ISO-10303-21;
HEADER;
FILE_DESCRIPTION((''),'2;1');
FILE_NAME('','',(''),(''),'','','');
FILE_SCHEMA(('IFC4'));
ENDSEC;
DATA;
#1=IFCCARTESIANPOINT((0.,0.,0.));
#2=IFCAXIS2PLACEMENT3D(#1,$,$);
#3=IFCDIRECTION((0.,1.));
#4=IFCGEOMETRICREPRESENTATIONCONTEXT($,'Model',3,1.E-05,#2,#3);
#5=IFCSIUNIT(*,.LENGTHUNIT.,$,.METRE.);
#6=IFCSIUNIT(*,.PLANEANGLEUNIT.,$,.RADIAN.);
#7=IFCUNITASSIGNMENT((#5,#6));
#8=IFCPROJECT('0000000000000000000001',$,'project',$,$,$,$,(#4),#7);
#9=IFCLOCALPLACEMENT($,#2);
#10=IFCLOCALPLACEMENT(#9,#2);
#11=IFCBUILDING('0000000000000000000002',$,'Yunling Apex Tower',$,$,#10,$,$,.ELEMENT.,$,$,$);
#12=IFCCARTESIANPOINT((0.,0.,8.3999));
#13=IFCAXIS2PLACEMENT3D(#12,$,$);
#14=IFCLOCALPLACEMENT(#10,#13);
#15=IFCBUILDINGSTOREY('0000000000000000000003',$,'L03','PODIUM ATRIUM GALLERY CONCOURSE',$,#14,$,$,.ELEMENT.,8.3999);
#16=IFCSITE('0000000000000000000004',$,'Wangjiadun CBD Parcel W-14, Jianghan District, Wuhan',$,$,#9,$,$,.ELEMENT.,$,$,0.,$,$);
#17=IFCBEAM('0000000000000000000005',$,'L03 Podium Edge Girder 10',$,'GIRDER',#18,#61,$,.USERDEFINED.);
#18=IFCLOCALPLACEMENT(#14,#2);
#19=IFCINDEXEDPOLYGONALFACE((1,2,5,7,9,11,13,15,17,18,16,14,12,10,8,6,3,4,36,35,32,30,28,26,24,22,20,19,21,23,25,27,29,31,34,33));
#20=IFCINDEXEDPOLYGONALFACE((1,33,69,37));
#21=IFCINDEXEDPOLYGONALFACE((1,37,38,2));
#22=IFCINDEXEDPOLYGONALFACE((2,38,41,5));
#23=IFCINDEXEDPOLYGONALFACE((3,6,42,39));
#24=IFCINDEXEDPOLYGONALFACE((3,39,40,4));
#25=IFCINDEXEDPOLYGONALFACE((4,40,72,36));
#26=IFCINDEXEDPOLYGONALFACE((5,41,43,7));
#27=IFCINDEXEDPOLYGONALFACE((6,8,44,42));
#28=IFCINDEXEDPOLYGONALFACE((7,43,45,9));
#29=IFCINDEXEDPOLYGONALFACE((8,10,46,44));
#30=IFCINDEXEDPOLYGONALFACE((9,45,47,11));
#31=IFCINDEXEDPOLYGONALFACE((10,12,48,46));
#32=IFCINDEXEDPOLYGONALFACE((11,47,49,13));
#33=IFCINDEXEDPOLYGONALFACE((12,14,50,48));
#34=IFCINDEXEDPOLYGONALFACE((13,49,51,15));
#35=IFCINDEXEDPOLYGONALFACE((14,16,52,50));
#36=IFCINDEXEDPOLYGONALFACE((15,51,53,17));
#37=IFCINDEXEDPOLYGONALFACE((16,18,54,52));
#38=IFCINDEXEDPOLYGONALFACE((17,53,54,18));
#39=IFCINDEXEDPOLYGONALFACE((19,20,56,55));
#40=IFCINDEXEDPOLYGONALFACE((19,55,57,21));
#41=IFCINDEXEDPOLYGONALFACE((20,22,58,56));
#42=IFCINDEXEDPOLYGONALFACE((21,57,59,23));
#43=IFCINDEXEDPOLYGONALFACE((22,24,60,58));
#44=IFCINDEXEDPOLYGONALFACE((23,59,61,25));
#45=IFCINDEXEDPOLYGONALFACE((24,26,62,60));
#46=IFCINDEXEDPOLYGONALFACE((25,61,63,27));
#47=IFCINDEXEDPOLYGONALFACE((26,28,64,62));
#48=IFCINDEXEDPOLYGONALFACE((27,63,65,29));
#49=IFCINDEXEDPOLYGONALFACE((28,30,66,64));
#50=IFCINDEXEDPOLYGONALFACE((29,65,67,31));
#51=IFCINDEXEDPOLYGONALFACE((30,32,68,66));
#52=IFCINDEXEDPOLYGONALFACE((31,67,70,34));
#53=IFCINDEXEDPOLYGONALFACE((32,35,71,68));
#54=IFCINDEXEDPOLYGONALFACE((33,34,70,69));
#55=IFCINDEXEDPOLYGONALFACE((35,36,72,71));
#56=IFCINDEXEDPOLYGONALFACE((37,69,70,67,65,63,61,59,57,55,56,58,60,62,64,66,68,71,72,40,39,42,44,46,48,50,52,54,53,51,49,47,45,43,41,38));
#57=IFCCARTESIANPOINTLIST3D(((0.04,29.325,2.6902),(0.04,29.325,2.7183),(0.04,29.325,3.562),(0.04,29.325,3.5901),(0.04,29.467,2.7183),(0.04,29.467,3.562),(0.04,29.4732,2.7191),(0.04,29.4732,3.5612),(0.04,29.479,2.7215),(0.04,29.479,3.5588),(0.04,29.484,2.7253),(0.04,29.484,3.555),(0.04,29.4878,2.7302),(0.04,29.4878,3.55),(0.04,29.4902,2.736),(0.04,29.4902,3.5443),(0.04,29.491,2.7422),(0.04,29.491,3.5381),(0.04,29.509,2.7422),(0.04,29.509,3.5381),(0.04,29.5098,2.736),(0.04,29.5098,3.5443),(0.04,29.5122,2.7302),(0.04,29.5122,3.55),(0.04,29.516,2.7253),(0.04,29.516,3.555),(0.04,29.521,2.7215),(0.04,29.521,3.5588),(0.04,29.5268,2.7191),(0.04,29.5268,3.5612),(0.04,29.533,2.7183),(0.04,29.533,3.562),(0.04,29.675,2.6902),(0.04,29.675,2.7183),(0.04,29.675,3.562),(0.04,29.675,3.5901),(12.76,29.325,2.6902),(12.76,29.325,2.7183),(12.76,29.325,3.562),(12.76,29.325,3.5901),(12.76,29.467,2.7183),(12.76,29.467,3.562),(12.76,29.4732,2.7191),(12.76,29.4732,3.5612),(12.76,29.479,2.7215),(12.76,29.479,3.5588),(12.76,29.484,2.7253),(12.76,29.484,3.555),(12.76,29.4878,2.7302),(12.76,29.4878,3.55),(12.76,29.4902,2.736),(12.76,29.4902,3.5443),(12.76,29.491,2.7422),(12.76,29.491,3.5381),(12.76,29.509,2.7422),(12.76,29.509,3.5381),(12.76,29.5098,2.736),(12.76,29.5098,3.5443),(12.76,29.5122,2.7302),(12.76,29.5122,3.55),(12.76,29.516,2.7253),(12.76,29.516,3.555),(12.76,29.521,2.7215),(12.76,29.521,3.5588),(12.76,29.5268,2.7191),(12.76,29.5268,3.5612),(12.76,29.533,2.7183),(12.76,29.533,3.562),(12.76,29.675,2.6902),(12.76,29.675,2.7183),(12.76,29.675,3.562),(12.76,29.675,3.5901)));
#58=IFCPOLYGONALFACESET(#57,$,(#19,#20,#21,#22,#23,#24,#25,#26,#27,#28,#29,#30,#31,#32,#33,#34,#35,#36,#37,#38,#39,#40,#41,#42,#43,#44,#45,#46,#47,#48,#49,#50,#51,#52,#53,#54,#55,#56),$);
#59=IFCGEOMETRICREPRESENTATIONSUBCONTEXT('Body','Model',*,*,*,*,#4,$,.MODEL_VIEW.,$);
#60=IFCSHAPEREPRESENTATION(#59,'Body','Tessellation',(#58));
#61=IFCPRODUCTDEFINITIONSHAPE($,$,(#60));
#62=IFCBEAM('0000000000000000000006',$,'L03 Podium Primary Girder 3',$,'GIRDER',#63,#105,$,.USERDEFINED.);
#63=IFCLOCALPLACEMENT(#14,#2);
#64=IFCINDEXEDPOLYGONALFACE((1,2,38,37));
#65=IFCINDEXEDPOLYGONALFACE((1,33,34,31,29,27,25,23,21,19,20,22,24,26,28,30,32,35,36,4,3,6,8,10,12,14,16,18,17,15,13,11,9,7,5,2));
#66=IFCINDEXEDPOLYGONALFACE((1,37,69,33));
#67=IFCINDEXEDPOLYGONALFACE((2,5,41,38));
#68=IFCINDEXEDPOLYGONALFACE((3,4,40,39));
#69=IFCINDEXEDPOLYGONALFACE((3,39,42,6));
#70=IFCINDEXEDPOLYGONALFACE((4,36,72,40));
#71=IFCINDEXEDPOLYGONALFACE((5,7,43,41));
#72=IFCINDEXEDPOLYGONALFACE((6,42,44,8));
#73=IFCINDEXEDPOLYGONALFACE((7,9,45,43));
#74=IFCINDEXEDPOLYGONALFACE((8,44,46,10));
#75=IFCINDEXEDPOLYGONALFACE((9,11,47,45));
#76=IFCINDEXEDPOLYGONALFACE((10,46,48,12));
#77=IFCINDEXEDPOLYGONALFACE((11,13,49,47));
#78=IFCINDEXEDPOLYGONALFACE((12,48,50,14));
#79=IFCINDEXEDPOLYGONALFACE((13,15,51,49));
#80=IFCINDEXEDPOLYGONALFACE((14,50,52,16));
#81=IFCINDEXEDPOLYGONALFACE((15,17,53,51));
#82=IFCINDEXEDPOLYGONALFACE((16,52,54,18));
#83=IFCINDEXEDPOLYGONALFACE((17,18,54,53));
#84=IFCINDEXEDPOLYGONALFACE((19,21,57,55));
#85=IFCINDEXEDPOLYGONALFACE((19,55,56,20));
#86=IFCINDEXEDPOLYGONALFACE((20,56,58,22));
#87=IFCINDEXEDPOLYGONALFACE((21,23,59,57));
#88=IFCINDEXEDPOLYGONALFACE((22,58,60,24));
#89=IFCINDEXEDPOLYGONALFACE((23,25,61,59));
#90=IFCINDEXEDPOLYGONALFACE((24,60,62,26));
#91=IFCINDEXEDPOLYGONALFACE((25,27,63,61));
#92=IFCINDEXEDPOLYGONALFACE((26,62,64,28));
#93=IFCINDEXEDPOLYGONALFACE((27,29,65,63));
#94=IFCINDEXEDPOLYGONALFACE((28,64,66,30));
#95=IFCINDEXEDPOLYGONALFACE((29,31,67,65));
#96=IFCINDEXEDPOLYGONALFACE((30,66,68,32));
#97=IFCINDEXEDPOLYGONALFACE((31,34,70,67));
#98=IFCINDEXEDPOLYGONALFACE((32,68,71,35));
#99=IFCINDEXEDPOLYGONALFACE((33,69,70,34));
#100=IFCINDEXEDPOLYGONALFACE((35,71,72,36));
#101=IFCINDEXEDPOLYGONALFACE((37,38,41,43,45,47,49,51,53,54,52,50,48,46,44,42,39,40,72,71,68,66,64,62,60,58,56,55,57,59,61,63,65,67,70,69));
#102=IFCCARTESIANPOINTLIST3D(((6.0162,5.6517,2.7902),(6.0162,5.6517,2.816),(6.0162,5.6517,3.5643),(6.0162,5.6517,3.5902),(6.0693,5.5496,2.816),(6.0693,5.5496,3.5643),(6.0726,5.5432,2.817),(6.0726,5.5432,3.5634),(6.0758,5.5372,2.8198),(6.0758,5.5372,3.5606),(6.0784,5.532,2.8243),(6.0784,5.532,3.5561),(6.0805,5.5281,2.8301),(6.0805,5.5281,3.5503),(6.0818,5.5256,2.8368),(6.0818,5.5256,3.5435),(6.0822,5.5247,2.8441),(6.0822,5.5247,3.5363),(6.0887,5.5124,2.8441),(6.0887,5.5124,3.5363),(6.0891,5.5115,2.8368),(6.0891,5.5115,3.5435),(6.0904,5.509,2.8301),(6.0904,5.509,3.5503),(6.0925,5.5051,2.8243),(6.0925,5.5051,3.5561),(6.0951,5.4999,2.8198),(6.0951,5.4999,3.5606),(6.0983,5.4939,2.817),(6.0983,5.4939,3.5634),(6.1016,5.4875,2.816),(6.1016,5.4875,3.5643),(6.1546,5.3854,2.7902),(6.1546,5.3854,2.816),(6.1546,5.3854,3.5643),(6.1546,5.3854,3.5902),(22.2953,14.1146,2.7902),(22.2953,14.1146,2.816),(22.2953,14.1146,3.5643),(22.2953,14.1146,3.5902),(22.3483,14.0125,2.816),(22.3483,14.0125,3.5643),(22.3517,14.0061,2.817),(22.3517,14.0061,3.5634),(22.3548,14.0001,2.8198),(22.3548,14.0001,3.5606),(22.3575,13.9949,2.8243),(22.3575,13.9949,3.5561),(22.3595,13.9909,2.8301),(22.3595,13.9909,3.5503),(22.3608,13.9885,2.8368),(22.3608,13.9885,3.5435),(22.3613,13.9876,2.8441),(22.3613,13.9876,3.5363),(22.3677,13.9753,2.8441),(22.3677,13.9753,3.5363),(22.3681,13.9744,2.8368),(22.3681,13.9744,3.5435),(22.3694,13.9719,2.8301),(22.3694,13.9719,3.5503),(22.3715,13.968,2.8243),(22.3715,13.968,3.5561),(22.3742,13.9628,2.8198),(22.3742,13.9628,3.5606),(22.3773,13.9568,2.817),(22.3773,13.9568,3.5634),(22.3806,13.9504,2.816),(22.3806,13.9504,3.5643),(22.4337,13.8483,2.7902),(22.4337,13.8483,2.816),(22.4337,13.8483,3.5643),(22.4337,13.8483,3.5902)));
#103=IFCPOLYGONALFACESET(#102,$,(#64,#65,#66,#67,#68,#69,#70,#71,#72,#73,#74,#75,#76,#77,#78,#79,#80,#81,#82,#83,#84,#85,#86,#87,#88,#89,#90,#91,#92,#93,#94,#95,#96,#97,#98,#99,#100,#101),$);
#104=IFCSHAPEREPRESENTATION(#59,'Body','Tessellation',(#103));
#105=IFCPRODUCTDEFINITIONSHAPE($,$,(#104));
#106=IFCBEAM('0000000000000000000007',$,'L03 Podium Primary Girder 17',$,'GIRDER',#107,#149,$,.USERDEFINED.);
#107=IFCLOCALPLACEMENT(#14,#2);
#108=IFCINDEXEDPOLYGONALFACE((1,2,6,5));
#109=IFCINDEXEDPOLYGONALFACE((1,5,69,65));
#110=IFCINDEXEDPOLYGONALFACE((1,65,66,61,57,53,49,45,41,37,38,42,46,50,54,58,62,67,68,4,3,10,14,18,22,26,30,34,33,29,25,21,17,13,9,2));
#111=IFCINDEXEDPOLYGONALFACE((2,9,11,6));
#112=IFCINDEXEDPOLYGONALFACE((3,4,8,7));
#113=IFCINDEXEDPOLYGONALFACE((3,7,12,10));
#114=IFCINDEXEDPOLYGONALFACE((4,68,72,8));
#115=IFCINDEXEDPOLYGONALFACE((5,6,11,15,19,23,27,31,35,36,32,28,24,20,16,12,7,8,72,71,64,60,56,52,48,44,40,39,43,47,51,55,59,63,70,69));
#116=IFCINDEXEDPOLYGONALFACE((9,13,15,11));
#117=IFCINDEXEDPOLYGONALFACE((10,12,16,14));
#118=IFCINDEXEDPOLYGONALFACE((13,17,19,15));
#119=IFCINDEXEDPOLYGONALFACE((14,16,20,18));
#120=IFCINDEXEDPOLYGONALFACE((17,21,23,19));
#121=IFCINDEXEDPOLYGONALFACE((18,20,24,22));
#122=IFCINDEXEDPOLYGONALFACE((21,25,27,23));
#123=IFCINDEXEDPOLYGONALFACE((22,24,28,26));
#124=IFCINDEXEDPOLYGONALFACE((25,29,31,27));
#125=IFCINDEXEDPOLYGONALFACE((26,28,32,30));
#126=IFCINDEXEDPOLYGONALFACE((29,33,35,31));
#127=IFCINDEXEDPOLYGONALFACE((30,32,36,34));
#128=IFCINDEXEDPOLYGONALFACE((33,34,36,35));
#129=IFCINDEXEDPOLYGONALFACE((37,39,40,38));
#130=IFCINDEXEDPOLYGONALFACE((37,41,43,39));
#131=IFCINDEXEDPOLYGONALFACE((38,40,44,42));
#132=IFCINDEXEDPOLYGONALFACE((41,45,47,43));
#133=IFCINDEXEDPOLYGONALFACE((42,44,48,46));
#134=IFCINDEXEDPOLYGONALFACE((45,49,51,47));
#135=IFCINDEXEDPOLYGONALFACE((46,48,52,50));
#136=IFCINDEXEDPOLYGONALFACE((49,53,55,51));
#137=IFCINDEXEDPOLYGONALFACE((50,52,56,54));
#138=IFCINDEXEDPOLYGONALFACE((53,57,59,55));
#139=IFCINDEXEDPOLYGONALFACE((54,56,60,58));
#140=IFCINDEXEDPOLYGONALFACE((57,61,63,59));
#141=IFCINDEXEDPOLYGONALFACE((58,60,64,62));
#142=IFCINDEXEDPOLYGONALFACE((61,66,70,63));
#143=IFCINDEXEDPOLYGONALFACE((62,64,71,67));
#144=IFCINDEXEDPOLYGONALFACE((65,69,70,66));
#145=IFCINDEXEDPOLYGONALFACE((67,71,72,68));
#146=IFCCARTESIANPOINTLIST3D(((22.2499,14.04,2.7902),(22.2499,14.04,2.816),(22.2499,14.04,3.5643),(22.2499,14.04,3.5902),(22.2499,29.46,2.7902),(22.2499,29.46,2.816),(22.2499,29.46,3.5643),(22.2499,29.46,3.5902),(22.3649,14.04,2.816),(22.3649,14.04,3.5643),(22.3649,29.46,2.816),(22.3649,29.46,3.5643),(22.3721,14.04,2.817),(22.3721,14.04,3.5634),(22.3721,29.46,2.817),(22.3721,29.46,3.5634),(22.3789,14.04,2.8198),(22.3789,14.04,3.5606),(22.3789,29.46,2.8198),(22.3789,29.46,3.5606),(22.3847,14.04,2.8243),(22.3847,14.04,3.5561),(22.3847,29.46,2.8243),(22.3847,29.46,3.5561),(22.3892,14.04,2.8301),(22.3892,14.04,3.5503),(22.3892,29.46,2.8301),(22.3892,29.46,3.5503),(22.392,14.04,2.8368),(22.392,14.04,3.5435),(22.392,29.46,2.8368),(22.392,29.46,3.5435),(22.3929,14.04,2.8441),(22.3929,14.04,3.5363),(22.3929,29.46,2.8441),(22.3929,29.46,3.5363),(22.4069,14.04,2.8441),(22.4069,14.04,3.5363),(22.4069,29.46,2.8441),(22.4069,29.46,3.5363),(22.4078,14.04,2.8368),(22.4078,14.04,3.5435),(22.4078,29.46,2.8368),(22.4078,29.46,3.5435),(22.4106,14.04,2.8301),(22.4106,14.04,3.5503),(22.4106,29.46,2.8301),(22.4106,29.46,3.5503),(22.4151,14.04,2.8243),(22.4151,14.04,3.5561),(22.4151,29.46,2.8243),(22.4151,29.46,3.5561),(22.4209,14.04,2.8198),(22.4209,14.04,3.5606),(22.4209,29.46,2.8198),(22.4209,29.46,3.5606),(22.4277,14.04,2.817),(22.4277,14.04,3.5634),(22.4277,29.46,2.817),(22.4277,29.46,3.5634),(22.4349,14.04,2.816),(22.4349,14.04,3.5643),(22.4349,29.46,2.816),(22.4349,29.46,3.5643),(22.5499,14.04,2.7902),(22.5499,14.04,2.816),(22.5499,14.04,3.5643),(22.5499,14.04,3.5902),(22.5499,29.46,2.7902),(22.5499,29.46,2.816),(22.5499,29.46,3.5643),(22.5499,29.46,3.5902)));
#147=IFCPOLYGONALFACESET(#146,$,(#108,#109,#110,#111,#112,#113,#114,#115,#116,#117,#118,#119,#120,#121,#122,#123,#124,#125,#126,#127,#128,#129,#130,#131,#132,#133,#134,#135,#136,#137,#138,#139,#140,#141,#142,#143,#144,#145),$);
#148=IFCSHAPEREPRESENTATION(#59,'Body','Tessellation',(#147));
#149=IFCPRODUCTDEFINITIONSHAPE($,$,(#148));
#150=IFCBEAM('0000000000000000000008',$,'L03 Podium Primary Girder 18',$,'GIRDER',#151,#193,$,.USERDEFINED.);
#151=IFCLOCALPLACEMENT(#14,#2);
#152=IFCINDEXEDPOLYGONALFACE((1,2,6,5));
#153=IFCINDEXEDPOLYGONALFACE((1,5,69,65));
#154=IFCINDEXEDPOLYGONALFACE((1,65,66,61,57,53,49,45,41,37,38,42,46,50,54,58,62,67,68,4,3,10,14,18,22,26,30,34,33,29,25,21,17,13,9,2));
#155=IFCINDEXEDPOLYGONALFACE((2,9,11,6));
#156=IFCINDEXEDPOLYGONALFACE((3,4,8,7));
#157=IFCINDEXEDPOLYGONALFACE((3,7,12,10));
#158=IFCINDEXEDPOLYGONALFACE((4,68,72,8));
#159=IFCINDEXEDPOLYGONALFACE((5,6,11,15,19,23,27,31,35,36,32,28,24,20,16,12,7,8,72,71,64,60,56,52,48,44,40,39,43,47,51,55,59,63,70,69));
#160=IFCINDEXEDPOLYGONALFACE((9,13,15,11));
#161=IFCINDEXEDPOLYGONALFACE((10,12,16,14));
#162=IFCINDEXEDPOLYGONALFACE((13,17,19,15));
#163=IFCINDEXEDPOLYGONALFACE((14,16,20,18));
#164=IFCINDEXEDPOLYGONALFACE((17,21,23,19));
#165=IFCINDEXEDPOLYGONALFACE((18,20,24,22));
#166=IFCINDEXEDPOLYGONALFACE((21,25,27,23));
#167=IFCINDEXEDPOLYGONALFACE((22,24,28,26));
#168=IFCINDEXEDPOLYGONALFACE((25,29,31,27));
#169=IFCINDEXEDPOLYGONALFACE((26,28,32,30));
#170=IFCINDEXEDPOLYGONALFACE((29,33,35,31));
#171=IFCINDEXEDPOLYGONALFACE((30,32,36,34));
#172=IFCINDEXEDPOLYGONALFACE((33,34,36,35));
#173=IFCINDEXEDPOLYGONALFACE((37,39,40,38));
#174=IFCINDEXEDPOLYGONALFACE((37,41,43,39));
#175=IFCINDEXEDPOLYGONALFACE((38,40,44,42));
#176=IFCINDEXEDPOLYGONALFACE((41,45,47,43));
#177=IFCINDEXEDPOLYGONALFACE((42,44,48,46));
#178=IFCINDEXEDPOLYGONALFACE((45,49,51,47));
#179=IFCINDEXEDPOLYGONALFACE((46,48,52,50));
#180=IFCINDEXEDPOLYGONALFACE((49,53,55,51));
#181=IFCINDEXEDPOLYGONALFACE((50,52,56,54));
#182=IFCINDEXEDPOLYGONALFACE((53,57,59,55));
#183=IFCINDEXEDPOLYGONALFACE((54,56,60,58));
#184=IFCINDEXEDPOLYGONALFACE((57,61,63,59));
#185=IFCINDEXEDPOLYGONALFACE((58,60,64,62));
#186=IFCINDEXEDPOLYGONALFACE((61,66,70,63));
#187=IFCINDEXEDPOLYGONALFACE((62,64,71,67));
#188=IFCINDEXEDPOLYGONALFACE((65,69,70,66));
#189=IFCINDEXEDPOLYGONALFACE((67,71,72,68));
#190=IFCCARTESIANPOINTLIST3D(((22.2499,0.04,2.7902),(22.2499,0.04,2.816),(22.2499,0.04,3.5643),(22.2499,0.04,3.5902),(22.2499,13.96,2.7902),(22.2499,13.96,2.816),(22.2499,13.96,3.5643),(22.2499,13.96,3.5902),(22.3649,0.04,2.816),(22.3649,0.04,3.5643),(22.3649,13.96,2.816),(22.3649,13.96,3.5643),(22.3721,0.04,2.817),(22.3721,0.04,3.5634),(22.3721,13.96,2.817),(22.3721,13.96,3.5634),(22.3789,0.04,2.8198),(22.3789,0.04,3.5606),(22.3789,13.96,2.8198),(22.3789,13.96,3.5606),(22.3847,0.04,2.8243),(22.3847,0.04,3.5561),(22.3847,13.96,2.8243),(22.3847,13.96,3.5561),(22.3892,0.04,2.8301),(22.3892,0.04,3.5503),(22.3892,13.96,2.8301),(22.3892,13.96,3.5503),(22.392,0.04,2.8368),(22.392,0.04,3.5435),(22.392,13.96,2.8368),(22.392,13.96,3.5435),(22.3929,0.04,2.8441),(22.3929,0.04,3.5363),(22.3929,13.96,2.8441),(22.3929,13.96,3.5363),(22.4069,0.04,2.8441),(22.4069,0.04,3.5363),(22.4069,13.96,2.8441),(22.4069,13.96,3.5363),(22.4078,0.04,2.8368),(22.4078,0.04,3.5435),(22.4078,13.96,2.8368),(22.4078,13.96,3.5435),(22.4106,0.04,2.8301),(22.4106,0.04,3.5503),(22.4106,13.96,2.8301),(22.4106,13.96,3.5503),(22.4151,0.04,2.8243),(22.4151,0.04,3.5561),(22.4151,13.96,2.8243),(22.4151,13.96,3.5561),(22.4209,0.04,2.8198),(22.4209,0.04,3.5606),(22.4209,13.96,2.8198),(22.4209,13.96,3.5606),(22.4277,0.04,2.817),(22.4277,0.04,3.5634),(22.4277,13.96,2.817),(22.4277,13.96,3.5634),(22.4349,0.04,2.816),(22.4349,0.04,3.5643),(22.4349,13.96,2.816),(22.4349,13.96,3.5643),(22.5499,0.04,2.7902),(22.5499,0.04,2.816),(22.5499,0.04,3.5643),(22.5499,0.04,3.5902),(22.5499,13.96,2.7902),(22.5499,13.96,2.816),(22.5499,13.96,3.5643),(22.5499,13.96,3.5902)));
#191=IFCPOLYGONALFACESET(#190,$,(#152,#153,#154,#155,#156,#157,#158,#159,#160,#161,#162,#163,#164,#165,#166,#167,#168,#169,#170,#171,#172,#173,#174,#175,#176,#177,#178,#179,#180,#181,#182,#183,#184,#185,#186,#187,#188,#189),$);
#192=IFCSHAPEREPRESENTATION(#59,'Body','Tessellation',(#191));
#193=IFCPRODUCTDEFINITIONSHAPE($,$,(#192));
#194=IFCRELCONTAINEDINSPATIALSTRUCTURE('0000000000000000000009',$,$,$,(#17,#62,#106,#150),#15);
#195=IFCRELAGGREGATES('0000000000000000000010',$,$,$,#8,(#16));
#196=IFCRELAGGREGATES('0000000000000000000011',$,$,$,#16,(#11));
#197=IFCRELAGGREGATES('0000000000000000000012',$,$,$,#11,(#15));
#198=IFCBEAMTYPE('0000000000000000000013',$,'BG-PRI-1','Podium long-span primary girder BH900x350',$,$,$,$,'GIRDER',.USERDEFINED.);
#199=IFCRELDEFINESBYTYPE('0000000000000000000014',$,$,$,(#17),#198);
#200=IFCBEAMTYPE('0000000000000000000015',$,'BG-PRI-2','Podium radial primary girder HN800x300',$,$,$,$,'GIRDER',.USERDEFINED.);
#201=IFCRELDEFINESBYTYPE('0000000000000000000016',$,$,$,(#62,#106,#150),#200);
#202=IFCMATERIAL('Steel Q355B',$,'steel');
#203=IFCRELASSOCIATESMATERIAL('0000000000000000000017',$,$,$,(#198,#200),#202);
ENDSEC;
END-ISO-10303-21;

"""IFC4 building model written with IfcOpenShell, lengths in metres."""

from ifc_helpers import new_model, si_unit, direction, frame, origin, origin_2d, place, context, subcontext, project, spatial, i_section, extrude, source, transform, mapped, material, material_profile, profile_set, type_object, element, save


model = new_model("IFC4")

# Units and contexts
model_context = context("Model", 3, precision=1e-05, world=origin(), true_north=direction((0.0, 1.0)))
body_context = subcontext(model_context, "Body", "Model", "MODEL_VIEW")
ifc_project = project(units=[si_unit("LENGTHUNIT", "METRE"), si_unit("PLANEANGLEUNIT", "RADIAN")], contexts=[model_context])

# Site, building, storey
site_placement = place(None, origin())
site = spatial("IfcSite", under=ifc_project, at=site_placement, Name="Wangjiadun CBD Parcel W-14, Jianghan District, Wuhan", CompositionType="ELEMENT", RefElevation=0.0)
building_placement = place(site_placement, origin())
building = spatial("IfcBuilding", under=site, at=building_placement, Name="Yunling Apex Tower", CompositionType="ELEMENT")
storey_placement = place(building_placement, frame((0.0, 0.0, 8.3999)))
storey = spatial("IfcBuildingStorey", under=building, at=storey_placement, Name="L03", Description="PODIUM ATRIUM GALLERY CONCOURSE", CompositionType="ELEMENT", Elevation=8.3999)

# Beams
ifc_material_1 = material(Name="Steel Q355B", Category="steel")
ifc_material_profile_1 = material_profile(ifc_material_1, i_section(OverallWidth=0.3501, OverallDepth=0.8999, WebThickness=0.0181, FlangeThickness=0.0281, FilletRadius=0.0239, at=origin_2d()))
ifc_profile_set_1 = profile_set([ifc_material_profile_1], Name="Steel Q355B")
beam_type_1 = type_object("IfcBeamType", Name="BG-PRI-1", Description="Podium long-span primary girder BH900x350", ElementType="GIRDER", PredefinedType="USERDEFINED", material=ifc_profile_set_1)
shared_shape_1 = source(origin(), body_context, "Body", "SweptSolid", [
    extrude(i_section(OverallWidth=0.3501, OverallDepth=0.8999, WebThickness=0.0181, FlangeThickness=0.0281, FilletRadius=0.0239, at=origin_2d()), origin(), (0.0, 0.0, 1.0), 12.72),
])
beam_1_placement = place(storey_placement, frame((0.04, 29.5, 3.1401), z_axis=(1.0, 0.0, 0.0), x_axis=(0.0, 1.0, 0.0)))
element("IfcBeam", 1, at=beam_1_placement, inside=storey, type_object=beam_type_1, Name="L03 Podium Edge Girder 10", ObjectType="GIRDER", PredefinedType="USERDEFINED", context=body_context, shape_type="MappedRepresentation", body=[
    mapped(shared_shape_1, transform((0.0, 0.0, 0.0), scale=1.0)),
])
ifc_material_profile_2 = material_profile(ifc_material_1, i_section(OverallWidth=0.3, OverallDepth=0.8, WebThickness=0.0139, FlangeThickness=0.0259, FilletRadius=0.0281, at=origin_2d()))
ifc_profile_set_2 = profile_set([ifc_material_profile_2], Name="Steel Q355B")
beam_type_2 = type_object("IfcBeamType", Name="BG-PRI-2", Description="Podium radial primary girder HN800x300", ElementType="GIRDER", PredefinedType="USERDEFINED", material=ifc_profile_set_2)
shared_shape_2 = source(origin(), body_context, "Body", "SweptSolid", [
    extrude(i_section(OverallWidth=0.3, OverallDepth=0.8, WebThickness=0.0139, FlangeThickness=0.0259, FilletRadius=0.0281, at=origin_2d()), origin(), (0.0, 0.0, 1.0), 18.3474),
])
beam_2_placement = place(storey_placement, frame((6.0854, 5.5186, 3.1902), z_axis=(0.887266, 0.461258, 0.0), x_axis=(-0.461258, 0.887266, 0.0)))
element("IfcBeam", 2, at=beam_2_placement, inside=storey, type_object=beam_type_2, Name="L03 Podium Primary Girder 3", ObjectType="GIRDER", PredefinedType="USERDEFINED", context=body_context, shape_type="MappedRepresentation", body=[
    mapped(shared_shape_2, transform((0.0, 0.0, 0.0), scale=1.0)),
])
shared_shape_3 = source(origin(), body_context, "Body", "SweptSolid", [
    extrude(i_section(OverallWidth=0.3, OverallDepth=0.8, WebThickness=0.0139, FlangeThickness=0.0259, FilletRadius=0.0281, at=origin_2d()), origin(), (0.0, 0.0, 1.0), 15.4199),
])
beam_3_placement = place(storey_placement, frame((22.3999, 29.46, 3.1902), z_axis=(0.0, -1.0, 0.0), x_axis=(1.0, 0.0, 0.0)))
element("IfcBeam", 3, at=beam_3_placement, inside=storey, type_object=beam_type_2, Name="L03 Podium Primary Girder 17", ObjectType="GIRDER", PredefinedType="USERDEFINED", context=body_context, shape_type="MappedRepresentation", body=[
    mapped(shared_shape_3, transform((0.0, 0.0, 0.0), scale=1.0)),
])
shared_shape_4 = source(origin(), body_context, "Body", "SweptSolid", [
    extrude(i_section(OverallWidth=0.3, OverallDepth=0.8, WebThickness=0.0139, FlangeThickness=0.0259, FilletRadius=0.0281, at=origin_2d()), origin(), (0.0, 0.0, 1.0), 13.9199),
])
beam_4_placement = place(storey_placement, frame((22.3999, 13.96, 3.1902), z_axis=(0.0, -1.0, 0.0), x_axis=(1.0, 0.0, 0.0)))
element("IfcBeam", 4, at=beam_4_placement, inside=storey, type_object=beam_type_2, Name="L03 Podium Primary Girder 18", ObjectType="GIRDER", PredefinedType="USERDEFINED", context=body_context, shape_type="MappedRepresentation", body=[
    mapped(shared_shape_4, transform((0.0, 0.0, 0.0), scale=1.0)),
])

save(model, "model.ifc")
